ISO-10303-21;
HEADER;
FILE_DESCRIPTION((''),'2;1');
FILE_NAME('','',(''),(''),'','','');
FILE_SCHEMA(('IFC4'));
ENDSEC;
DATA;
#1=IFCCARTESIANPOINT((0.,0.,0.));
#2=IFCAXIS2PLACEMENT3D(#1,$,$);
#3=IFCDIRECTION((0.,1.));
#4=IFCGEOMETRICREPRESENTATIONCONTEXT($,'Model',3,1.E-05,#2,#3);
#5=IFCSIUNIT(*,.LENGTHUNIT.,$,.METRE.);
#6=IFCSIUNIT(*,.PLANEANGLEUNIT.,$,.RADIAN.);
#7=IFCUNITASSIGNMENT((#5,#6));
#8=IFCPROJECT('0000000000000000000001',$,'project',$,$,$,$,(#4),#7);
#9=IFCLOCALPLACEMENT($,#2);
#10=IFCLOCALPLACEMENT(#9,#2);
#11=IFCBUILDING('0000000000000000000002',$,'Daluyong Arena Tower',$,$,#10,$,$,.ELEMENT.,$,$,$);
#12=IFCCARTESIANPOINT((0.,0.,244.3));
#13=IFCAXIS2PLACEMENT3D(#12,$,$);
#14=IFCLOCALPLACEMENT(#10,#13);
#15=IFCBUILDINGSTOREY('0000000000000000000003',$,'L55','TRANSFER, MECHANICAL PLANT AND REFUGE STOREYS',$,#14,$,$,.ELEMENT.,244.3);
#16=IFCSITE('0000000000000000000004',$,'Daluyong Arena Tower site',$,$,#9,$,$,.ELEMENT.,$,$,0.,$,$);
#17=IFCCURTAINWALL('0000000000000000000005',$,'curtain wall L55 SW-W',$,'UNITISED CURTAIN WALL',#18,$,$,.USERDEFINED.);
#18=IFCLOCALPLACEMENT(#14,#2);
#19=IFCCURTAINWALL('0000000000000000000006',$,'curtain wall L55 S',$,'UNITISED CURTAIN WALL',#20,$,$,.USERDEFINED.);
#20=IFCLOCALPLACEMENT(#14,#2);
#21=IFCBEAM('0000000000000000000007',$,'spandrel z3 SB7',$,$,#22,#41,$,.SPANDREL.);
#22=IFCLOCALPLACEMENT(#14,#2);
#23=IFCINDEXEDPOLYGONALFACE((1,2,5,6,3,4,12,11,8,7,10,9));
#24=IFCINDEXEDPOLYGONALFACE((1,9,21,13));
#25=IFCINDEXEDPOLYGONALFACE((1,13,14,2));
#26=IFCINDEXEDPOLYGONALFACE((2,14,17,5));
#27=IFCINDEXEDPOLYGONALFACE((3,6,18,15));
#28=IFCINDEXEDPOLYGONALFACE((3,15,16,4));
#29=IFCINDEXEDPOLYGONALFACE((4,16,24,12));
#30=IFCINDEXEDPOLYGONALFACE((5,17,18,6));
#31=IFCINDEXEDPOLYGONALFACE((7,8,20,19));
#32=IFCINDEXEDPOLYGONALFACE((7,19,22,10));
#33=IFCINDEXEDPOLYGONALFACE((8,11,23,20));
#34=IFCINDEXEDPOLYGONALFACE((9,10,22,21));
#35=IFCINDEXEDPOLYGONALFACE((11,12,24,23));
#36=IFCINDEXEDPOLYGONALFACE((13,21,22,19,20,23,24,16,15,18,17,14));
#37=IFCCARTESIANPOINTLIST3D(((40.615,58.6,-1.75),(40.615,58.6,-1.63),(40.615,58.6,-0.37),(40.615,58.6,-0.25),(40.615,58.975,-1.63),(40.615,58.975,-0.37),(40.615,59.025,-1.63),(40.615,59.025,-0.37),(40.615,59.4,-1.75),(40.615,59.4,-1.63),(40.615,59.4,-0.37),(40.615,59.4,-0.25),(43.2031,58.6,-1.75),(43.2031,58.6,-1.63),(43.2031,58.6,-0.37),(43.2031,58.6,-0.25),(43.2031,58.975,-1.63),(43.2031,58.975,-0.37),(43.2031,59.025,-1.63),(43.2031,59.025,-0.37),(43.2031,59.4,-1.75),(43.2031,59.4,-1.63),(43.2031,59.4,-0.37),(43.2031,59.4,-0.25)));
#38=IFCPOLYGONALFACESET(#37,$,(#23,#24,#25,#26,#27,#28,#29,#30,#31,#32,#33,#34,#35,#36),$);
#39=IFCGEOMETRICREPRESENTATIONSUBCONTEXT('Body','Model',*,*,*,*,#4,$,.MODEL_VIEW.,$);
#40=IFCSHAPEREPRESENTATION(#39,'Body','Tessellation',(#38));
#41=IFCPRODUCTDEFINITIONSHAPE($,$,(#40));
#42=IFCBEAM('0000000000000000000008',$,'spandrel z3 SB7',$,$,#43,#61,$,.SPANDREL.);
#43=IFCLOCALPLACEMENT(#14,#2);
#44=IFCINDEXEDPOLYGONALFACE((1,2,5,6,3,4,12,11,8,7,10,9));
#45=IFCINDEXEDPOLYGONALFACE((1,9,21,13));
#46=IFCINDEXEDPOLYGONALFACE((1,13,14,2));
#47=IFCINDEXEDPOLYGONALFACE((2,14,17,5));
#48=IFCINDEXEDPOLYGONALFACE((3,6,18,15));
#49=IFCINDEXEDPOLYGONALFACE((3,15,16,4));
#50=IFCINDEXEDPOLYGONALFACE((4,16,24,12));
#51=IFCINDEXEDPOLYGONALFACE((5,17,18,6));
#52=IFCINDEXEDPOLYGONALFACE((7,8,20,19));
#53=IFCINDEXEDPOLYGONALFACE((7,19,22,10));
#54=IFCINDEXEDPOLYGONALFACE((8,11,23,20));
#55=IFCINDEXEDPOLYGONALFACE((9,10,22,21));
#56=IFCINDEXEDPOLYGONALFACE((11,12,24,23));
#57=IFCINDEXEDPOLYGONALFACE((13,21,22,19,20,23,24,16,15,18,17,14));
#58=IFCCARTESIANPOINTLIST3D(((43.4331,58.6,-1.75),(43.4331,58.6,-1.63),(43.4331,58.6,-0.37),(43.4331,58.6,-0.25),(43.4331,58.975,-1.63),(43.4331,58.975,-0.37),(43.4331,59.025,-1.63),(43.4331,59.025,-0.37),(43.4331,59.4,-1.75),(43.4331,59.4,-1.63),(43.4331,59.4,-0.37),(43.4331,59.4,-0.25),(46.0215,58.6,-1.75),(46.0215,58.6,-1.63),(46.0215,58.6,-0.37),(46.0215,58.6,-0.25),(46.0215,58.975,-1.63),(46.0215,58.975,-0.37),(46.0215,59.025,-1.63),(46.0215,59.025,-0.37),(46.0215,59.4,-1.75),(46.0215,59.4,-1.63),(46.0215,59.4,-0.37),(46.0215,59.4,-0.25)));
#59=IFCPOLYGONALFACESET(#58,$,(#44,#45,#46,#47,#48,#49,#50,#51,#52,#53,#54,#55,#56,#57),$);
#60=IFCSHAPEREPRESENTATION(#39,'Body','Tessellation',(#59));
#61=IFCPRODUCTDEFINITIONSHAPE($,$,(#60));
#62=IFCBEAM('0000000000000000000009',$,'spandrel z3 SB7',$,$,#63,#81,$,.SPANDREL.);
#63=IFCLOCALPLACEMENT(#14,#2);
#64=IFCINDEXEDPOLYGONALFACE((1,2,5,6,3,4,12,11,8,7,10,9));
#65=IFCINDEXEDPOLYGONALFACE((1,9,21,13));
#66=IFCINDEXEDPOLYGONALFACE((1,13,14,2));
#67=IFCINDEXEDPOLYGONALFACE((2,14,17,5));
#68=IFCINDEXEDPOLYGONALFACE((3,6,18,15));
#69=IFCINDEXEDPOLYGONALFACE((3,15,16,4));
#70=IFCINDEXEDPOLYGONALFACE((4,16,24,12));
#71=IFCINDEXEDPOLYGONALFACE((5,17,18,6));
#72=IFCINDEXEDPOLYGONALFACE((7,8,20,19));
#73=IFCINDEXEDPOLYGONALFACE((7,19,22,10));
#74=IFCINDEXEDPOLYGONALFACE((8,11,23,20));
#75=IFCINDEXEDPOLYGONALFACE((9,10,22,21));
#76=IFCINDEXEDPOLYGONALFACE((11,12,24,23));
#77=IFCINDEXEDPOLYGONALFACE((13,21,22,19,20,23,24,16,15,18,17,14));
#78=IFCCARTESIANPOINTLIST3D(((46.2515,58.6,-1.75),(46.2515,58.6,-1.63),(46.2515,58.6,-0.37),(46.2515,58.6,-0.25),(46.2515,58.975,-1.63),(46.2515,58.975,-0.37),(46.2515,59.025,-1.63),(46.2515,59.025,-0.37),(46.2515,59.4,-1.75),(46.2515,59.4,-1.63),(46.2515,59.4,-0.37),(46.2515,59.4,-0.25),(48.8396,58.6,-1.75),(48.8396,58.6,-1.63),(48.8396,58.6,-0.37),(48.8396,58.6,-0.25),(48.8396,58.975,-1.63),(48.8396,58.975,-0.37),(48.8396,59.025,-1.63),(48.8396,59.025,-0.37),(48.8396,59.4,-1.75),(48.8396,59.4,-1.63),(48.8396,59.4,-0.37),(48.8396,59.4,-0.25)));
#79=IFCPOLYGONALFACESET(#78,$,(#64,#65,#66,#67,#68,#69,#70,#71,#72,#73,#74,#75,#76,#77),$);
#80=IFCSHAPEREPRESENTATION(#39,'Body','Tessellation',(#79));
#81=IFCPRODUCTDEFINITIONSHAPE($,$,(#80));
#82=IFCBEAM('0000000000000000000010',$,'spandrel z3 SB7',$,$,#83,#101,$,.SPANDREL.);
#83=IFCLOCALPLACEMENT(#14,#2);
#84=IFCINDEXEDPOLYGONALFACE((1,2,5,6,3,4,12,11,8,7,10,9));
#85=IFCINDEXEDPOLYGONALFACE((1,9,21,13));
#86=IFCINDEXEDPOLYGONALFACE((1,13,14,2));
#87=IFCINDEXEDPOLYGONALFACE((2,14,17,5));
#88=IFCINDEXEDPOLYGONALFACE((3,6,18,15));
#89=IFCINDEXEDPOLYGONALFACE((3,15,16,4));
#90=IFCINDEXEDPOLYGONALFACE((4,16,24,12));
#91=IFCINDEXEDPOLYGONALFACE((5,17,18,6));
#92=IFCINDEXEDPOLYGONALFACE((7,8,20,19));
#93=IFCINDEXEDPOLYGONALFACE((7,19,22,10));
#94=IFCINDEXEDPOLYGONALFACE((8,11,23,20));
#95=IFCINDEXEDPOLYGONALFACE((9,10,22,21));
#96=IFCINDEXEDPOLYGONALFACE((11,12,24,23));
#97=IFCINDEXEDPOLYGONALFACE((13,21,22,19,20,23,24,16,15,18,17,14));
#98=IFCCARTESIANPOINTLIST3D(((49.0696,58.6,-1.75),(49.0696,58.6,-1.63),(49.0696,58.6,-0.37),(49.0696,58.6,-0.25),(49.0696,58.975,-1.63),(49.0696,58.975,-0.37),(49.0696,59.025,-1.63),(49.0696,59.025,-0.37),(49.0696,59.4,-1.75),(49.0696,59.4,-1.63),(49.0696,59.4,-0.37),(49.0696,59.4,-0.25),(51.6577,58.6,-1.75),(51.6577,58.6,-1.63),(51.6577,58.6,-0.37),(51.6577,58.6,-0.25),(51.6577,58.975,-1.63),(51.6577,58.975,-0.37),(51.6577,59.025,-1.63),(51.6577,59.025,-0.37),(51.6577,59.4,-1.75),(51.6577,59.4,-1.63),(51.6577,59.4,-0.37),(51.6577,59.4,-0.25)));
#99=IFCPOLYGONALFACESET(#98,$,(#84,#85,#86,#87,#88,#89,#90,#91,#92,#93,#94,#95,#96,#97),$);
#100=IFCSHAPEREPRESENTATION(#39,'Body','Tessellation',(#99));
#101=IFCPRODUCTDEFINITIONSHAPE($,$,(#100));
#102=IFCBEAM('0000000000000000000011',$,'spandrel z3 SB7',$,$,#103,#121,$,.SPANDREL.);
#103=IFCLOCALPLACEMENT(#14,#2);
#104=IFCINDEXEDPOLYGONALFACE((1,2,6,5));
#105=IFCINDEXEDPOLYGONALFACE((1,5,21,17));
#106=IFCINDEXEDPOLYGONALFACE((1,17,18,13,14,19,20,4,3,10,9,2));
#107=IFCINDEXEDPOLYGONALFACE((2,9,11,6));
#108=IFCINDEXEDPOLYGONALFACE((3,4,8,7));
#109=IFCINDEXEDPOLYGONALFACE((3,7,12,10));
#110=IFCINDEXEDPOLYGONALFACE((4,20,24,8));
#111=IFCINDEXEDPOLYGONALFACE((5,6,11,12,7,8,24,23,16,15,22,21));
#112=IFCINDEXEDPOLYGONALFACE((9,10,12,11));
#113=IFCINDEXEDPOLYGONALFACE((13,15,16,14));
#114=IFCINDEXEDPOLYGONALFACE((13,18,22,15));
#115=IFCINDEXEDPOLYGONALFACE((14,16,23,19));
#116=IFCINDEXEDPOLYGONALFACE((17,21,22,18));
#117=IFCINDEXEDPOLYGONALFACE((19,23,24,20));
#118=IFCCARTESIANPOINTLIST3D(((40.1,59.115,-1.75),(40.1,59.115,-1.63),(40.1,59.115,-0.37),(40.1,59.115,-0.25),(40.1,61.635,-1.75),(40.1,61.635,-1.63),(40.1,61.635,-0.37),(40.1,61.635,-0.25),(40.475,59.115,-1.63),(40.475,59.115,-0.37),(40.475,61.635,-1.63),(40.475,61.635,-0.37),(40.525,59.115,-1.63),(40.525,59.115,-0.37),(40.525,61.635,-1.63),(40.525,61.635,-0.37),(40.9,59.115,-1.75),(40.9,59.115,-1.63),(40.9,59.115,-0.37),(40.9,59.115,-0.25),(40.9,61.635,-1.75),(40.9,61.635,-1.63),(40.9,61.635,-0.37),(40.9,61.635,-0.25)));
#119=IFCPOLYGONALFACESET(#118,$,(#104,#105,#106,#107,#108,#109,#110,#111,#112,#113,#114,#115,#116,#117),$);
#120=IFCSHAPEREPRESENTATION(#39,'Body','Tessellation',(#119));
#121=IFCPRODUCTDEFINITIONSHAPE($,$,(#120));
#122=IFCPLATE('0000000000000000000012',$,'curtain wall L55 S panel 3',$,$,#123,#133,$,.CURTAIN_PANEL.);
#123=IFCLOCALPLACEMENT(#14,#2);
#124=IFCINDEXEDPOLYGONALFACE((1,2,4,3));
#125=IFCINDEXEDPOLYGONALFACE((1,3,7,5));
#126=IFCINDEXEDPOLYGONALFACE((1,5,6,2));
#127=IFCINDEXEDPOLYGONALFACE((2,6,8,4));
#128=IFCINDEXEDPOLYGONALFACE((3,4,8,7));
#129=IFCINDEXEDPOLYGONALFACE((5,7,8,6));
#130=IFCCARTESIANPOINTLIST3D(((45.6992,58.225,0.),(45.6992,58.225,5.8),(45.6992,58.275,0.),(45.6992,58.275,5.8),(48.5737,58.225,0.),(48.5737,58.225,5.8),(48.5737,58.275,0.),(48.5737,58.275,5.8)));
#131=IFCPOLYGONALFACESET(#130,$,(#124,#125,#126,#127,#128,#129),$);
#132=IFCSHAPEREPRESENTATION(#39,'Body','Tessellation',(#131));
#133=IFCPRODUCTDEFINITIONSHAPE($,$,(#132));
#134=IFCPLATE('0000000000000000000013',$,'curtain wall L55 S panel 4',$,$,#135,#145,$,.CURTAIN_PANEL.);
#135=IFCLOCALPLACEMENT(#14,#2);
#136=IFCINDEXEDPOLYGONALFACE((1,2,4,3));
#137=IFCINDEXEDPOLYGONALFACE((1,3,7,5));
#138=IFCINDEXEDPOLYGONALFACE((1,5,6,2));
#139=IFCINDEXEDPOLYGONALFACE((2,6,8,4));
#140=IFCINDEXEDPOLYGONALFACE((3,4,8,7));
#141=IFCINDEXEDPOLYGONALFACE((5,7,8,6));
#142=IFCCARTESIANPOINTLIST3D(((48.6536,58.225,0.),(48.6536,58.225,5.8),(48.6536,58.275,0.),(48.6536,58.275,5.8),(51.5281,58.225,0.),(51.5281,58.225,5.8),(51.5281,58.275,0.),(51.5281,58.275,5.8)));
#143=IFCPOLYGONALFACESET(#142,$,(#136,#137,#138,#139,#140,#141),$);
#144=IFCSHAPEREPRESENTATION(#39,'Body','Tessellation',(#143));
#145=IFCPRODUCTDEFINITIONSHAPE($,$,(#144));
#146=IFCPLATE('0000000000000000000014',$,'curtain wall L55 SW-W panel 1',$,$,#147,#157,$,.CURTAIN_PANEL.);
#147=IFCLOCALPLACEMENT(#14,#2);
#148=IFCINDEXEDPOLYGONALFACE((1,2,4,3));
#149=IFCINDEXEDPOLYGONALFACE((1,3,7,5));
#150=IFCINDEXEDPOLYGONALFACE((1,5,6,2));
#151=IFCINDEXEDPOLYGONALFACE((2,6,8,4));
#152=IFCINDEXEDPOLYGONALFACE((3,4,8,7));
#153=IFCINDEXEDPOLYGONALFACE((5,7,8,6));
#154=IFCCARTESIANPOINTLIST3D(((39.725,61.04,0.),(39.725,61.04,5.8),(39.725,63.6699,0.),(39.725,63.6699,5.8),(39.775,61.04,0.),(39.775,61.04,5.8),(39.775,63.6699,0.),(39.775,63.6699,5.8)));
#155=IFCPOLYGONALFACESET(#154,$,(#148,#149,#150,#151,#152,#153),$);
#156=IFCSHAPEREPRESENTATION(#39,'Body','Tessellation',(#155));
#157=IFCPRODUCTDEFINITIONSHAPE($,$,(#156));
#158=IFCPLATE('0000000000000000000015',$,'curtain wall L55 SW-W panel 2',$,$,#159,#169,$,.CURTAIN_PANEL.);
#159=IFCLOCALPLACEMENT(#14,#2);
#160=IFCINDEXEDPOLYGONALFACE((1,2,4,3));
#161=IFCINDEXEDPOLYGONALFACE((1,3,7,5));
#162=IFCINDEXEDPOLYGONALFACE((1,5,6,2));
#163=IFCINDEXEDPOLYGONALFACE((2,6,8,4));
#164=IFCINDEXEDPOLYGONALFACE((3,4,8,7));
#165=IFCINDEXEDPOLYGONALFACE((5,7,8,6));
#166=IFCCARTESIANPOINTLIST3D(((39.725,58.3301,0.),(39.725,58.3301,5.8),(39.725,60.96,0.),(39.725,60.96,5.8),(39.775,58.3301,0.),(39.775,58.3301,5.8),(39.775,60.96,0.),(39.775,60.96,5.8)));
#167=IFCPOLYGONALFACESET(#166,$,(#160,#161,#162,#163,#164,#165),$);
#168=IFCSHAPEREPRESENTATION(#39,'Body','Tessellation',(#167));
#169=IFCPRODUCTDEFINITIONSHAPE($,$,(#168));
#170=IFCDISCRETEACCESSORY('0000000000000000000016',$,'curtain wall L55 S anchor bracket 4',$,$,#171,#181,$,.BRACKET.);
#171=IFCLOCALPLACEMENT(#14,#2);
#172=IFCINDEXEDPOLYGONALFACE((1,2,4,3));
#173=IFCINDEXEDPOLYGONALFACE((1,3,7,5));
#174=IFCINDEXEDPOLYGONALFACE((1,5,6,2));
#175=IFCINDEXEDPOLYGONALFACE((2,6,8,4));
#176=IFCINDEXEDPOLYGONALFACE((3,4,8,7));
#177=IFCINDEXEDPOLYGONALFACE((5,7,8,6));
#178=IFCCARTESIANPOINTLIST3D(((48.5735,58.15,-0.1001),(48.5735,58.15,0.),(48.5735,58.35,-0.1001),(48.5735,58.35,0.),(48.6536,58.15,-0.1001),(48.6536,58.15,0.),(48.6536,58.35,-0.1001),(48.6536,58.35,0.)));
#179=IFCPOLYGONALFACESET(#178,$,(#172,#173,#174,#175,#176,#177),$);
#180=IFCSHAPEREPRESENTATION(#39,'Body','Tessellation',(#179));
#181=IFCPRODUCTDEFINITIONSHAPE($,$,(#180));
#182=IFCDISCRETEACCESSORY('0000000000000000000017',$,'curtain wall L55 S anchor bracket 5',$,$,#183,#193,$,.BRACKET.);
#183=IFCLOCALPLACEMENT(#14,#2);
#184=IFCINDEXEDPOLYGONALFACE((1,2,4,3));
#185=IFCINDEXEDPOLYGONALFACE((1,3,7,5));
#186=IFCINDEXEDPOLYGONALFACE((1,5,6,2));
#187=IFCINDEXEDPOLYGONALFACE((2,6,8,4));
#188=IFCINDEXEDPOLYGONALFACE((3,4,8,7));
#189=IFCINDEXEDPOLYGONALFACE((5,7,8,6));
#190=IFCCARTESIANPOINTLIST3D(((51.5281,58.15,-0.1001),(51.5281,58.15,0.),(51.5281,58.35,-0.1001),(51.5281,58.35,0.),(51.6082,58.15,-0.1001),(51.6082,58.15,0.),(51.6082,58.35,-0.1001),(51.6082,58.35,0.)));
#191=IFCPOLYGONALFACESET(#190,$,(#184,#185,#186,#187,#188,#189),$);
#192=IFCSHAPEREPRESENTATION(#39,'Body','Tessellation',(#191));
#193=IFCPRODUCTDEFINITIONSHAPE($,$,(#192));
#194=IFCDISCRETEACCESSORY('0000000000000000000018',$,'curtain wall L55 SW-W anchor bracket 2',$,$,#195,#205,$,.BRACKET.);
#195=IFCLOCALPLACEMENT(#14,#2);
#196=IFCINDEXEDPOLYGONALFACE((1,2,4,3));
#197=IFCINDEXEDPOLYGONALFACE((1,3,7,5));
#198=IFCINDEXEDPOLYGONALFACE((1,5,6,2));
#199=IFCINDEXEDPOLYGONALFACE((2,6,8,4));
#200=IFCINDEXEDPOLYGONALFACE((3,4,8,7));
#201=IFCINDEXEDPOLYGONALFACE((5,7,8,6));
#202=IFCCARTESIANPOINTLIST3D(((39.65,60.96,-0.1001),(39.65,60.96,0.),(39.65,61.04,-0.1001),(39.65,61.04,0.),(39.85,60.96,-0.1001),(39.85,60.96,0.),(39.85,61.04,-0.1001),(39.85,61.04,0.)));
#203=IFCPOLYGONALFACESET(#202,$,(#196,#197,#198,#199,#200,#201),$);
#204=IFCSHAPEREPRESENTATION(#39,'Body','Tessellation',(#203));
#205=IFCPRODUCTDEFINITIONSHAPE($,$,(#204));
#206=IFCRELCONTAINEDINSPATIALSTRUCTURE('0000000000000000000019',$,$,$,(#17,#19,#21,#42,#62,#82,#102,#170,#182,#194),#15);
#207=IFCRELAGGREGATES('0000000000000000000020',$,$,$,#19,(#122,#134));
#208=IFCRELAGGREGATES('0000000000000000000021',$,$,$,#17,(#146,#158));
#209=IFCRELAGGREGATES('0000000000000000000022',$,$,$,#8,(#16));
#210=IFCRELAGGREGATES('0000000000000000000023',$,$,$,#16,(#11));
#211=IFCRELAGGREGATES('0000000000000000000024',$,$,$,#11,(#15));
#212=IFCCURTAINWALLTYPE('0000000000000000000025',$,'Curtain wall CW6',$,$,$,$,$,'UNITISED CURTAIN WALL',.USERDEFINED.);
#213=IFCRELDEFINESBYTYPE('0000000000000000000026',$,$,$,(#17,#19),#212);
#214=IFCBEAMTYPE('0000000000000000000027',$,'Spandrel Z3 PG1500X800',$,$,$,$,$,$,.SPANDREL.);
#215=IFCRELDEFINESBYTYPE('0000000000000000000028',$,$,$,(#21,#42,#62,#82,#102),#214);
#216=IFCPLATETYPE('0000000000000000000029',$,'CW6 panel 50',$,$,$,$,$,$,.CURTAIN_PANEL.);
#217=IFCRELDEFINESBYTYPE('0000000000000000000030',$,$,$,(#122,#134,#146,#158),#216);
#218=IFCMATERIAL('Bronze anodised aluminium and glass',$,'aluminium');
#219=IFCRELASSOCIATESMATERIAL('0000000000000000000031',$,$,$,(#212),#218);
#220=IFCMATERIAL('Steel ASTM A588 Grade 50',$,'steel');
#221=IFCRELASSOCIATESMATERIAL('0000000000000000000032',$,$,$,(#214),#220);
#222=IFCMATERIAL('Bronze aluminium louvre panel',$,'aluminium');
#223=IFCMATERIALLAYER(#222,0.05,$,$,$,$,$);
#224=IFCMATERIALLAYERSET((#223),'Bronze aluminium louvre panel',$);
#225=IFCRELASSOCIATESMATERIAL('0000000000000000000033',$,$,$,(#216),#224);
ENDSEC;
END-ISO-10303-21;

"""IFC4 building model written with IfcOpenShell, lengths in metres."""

from ifc_helpers import new_model, si_unit, direction, frame, origin, origin_2d, place, context, subcontext, project, spatial, rectangle, i_section, extrude, material, layer, layer_set, material_profile, profile_set, type_object, element, aggregate, save


model = new_model("IFC4")

# Units and contexts
model_context = context("Model", 3, precision=1e-05, world=origin(), true_north=direction((0.0, 1.0)))
body_context = subcontext(model_context, "Body", "Model", "MODEL_VIEW")
ifc_project = project(units=[si_unit("LENGTHUNIT", "METRE"), si_unit("PLANEANGLEUNIT", "RADIAN")], contexts=[model_context])

# Site, building, storey
site_placement = place(None, origin())
site = spatial("IfcSite", under=ifc_project, at=site_placement, Name="Daluyong Arena Tower site", CompositionType="ELEMENT", RefElevation=0.0)
building_placement = place(site_placement, origin())
building = spatial("IfcBuilding", under=site, at=building_placement, Name="Daluyong Arena Tower", CompositionType="ELEMENT")
storey_placement = place(building_placement, frame((0.0, 0.0, 244.3)))
storey = spatial("IfcBuildingStorey", under=building, at=storey_placement, Name="L55", Description="TRANSFER, MECHANICAL PLANT AND REFUGE STOREYS", CompositionType="ELEMENT", Elevation=244.3)

# Curtain walls
ifc_material_1 = material(Name="Bronze anodised aluminium and glass", Category="aluminium")
curtain_wall_type = type_object("IfcCurtainWallType", Name="Curtain wall CW6", ElementType="UNITISED CURTAIN WALL", PredefinedType="USERDEFINED", material=ifc_material_1)
curtain_wall_1_placement = place(storey_placement, origin())
curtain_wall_1 = element("IfcCurtainWall", 1, at=curtain_wall_1_placement, inside=storey, type_object=curtain_wall_type, Name="curtain wall L55 SW-W", ObjectType="UNITISED CURTAIN WALL", PredefinedType="USERDEFINED")
curtain_wall_2_placement = place(storey_placement, origin())
curtain_wall_2 = element("IfcCurtainWall", 2, at=curtain_wall_2_placement, inside=storey, type_object=curtain_wall_type, Name="curtain wall L55 S", ObjectType="UNITISED CURTAIN WALL", PredefinedType="USERDEFINED")

# Beams
ifc_material_2 = material(Name="Steel ASTM A588 Grade 50", Category="steel")
ifc_material_profile_1 = material_profile(ifc_material_2, i_section(OverallWidth=0.8, OverallDepth=1.5, WebThickness=0.05, FlangeThickness=0.12, at=origin_2d()))
ifc_profile_set_1 = profile_set([ifc_material_profile_1], Name="Steel ASTM A588 Grade 50")
beam_type_1 = type_object("IfcBeamType", Name="Spandrel Z3 PG1500X800", PredefinedType="SPANDREL", material=ifc_profile_set_1)
beam_1_placement = place(storey_placement, frame((40.615, 59.0, -1.0), z_axis=(1.0, 0.0, 0.0), x_axis=(0.0, 1.0, 0.0)))
element("IfcBeam", 3, at=beam_1_placement, inside=storey, type_object=beam_type_1, Name="spandrel z3 SB7", PredefinedType="SPANDREL", context=body_context, shape_type="SweptSolid", body=[
    extrude(i_section(OverallWidth=0.8, OverallDepth=1.5, WebThickness=0.05, FlangeThickness=0.12, at=origin_2d()), origin(), (0.0, 0.0, 1.0), 2.5881),
])
beam_2_placement = place(storey_placement, frame((43.4331, 59.0, -1.0), z_axis=(1.0, 0.0, 0.0), x_axis=(0.0, 1.0, 0.0)))
element("IfcBeam", 4, at=beam_2_placement, inside=storey, type_object=beam_type_1, Name="spandrel z3 SB7", PredefinedType="SPANDREL", context=body_context, shape_type="SweptSolid", body=[
    extrude(i_section(OverallWidth=0.8, OverallDepth=1.5, WebThickness=0.05, FlangeThickness=0.12, at=origin_2d()), origin(), (0.0, 0.0, 1.0), 2.5884),
])
for number, where, z_axis, x_axis, name in (
    (5, (46.2515, 59.0, -1.0), (1.0, 0.0, 0.0), (0.0, 1.0, 0.0), "spandrel z3 SB7"),
    (6, (49.0696, 59.0, -1.0), (1.0, 0.0, 0.0), (0.0, 1.0, 0.0), "spandrel z3 SB7"),
):
    element("IfcBeam", number, at=place(storey_placement, frame(where, z_axis=z_axis, x_axis=x_axis)), inside=storey, type_object=beam_type_1, Name=name, PredefinedType="SPANDREL", context=body_context, shape_type="SweptSolid", body=[
        extrude(i_section(OverallWidth=0.8, OverallDepth=1.5, WebThickness=0.05, FlangeThickness=0.12, at=origin_2d()), origin(), (0.0, 0.0, 1.0), 2.5881),
    ])
beam_3_placement = place(storey_placement, frame((40.5, 61.635, -1.0), z_axis=(0.0, -1.0, 0.0), x_axis=(1.0, 0.0, 0.0)))
element("IfcBeam", 7, at=beam_3_placement, inside=storey, type_object=beam_type_1, Name="spandrel z3 SB7", PredefinedType="SPANDREL", context=body_context, shape_type="SweptSolid", body=[
    extrude(i_section(OverallWidth=0.8, OverallDepth=1.5, WebThickness=0.05, FlangeThickness=0.12, at=origin_2d()), origin(), (0.0, 0.0, 1.0), 2.52),
])

# Plates
ifc_material_3 = material(Name="Bronze aluminium louvre panel", Category="aluminium")
ifc_layer = layer(ifc_material_3, 0.05)
ifc_layer_set = layer_set([ifc_layer], Name="Bronze aluminium louvre panel")
plate_type = type_object("IfcPlateType", Name="CW6 panel 50", PredefinedType="CURTAIN_PANEL", material=ifc_layer_set)
plate_1_placement = place(storey_placement, frame((47.1365, 58.25, 0.0), z_axis=(0.0, 0.0, 1.0), x_axis=(1.0, 0.0, 0.0)))
plate_1 = element("IfcPlate", 8, at=plate_1_placement, type_object=plate_type, Name="curtain wall L55 S panel 3", PredefinedType="CURTAIN_PANEL", context=body_context, shape_type="SweptSolid", body=[
    extrude(rectangle(XDim=2.8745, YDim=0.05, at=origin_2d()), origin(), (0.0, 0.0, 1.0), 5.8),
])
plate_2_placement = place(storey_placement, frame((50.0908, 58.25, 0.0), z_axis=(0.0, 0.0, 1.0), x_axis=(1.0, 0.0, 0.0)))
plate_2 = element("IfcPlate", 9, at=plate_2_placement, type_object=plate_type, Name="curtain wall L55 S panel 4", PredefinedType="CURTAIN_PANEL", context=body_context, shape_type="SweptSolid", body=[
    extrude(rectangle(XDim=2.8745, YDim=0.05, at=origin_2d()), origin(), (0.0, 0.0, 1.0), 5.8),
])
aggregate(curtain_wall_2, [plate_1, plate_2])
plate_3_placement = place(storey_placement, frame((39.75, 62.355, 0.0), z_axis=(0.0, 0.0, 1.0), x_axis=(0.0, -1.0, 0.0)))
plate_3 = element("IfcPlate", 10, at=plate_3_placement, type_object=plate_type, Name="curtain wall L55 SW-W panel 1", PredefinedType="CURTAIN_PANEL", context=body_context, shape_type="SweptSolid", body=[
    extrude(rectangle(XDim=2.6299, YDim=0.05, at=origin_2d()), origin(), (0.0, 0.0, 1.0), 5.8),
])
plate_4_placement = place(storey_placement, frame((39.75, 59.645, 0.0), z_axis=(0.0, 0.0, 1.0), x_axis=(0.0, -1.0, 0.0)))
plate_4 = element("IfcPlate", 11, at=plate_4_placement, type_object=plate_type, Name="curtain wall L55 SW-W panel 2", PredefinedType="CURTAIN_PANEL", context=body_context, shape_type="SweptSolid", body=[
    extrude(rectangle(XDim=2.6299, YDim=0.05, at=origin_2d()), origin(), (0.0, 0.0, 1.0), 5.8),
])
aggregate(curtain_wall_1, [plate_3, plate_4])

# Discrete accessories
for number, where, z_axis, x_axis, name in (
    (12, (48.6135, 58.25, -0.1001), (0.0, 0.0, 1.0), (1.0, 0.0, 0.0), "curtain wall L55 S anchor bracket 4"),
    (13, (51.5681, 58.25, -0.1001), (0.0, 0.0, 1.0), (1.0, 0.0, 0.0), "curtain wall L55 S anchor bracket 5"),
    (14, (39.75, 61.0, -0.1001), (0.0, 0.0, 1.0), (0.0, -1.0, 0.0), "curtain wall L55 SW-W anchor bracket 2"),
):
    element("IfcDiscreteAccessory", number, at=place(storey_placement, frame(where, z_axis=z_axis, x_axis=x_axis)), inside=storey, Name=name, PredefinedType="BRACKET", context=body_context, shape_type="SweptSolid", body=[
        extrude(rectangle(XDim=0.0801, YDim=0.2, at=origin_2d()), origin(), (0.0, 0.0, 1.0), 0.1001),
    ])

save(model, "model.ifc")
